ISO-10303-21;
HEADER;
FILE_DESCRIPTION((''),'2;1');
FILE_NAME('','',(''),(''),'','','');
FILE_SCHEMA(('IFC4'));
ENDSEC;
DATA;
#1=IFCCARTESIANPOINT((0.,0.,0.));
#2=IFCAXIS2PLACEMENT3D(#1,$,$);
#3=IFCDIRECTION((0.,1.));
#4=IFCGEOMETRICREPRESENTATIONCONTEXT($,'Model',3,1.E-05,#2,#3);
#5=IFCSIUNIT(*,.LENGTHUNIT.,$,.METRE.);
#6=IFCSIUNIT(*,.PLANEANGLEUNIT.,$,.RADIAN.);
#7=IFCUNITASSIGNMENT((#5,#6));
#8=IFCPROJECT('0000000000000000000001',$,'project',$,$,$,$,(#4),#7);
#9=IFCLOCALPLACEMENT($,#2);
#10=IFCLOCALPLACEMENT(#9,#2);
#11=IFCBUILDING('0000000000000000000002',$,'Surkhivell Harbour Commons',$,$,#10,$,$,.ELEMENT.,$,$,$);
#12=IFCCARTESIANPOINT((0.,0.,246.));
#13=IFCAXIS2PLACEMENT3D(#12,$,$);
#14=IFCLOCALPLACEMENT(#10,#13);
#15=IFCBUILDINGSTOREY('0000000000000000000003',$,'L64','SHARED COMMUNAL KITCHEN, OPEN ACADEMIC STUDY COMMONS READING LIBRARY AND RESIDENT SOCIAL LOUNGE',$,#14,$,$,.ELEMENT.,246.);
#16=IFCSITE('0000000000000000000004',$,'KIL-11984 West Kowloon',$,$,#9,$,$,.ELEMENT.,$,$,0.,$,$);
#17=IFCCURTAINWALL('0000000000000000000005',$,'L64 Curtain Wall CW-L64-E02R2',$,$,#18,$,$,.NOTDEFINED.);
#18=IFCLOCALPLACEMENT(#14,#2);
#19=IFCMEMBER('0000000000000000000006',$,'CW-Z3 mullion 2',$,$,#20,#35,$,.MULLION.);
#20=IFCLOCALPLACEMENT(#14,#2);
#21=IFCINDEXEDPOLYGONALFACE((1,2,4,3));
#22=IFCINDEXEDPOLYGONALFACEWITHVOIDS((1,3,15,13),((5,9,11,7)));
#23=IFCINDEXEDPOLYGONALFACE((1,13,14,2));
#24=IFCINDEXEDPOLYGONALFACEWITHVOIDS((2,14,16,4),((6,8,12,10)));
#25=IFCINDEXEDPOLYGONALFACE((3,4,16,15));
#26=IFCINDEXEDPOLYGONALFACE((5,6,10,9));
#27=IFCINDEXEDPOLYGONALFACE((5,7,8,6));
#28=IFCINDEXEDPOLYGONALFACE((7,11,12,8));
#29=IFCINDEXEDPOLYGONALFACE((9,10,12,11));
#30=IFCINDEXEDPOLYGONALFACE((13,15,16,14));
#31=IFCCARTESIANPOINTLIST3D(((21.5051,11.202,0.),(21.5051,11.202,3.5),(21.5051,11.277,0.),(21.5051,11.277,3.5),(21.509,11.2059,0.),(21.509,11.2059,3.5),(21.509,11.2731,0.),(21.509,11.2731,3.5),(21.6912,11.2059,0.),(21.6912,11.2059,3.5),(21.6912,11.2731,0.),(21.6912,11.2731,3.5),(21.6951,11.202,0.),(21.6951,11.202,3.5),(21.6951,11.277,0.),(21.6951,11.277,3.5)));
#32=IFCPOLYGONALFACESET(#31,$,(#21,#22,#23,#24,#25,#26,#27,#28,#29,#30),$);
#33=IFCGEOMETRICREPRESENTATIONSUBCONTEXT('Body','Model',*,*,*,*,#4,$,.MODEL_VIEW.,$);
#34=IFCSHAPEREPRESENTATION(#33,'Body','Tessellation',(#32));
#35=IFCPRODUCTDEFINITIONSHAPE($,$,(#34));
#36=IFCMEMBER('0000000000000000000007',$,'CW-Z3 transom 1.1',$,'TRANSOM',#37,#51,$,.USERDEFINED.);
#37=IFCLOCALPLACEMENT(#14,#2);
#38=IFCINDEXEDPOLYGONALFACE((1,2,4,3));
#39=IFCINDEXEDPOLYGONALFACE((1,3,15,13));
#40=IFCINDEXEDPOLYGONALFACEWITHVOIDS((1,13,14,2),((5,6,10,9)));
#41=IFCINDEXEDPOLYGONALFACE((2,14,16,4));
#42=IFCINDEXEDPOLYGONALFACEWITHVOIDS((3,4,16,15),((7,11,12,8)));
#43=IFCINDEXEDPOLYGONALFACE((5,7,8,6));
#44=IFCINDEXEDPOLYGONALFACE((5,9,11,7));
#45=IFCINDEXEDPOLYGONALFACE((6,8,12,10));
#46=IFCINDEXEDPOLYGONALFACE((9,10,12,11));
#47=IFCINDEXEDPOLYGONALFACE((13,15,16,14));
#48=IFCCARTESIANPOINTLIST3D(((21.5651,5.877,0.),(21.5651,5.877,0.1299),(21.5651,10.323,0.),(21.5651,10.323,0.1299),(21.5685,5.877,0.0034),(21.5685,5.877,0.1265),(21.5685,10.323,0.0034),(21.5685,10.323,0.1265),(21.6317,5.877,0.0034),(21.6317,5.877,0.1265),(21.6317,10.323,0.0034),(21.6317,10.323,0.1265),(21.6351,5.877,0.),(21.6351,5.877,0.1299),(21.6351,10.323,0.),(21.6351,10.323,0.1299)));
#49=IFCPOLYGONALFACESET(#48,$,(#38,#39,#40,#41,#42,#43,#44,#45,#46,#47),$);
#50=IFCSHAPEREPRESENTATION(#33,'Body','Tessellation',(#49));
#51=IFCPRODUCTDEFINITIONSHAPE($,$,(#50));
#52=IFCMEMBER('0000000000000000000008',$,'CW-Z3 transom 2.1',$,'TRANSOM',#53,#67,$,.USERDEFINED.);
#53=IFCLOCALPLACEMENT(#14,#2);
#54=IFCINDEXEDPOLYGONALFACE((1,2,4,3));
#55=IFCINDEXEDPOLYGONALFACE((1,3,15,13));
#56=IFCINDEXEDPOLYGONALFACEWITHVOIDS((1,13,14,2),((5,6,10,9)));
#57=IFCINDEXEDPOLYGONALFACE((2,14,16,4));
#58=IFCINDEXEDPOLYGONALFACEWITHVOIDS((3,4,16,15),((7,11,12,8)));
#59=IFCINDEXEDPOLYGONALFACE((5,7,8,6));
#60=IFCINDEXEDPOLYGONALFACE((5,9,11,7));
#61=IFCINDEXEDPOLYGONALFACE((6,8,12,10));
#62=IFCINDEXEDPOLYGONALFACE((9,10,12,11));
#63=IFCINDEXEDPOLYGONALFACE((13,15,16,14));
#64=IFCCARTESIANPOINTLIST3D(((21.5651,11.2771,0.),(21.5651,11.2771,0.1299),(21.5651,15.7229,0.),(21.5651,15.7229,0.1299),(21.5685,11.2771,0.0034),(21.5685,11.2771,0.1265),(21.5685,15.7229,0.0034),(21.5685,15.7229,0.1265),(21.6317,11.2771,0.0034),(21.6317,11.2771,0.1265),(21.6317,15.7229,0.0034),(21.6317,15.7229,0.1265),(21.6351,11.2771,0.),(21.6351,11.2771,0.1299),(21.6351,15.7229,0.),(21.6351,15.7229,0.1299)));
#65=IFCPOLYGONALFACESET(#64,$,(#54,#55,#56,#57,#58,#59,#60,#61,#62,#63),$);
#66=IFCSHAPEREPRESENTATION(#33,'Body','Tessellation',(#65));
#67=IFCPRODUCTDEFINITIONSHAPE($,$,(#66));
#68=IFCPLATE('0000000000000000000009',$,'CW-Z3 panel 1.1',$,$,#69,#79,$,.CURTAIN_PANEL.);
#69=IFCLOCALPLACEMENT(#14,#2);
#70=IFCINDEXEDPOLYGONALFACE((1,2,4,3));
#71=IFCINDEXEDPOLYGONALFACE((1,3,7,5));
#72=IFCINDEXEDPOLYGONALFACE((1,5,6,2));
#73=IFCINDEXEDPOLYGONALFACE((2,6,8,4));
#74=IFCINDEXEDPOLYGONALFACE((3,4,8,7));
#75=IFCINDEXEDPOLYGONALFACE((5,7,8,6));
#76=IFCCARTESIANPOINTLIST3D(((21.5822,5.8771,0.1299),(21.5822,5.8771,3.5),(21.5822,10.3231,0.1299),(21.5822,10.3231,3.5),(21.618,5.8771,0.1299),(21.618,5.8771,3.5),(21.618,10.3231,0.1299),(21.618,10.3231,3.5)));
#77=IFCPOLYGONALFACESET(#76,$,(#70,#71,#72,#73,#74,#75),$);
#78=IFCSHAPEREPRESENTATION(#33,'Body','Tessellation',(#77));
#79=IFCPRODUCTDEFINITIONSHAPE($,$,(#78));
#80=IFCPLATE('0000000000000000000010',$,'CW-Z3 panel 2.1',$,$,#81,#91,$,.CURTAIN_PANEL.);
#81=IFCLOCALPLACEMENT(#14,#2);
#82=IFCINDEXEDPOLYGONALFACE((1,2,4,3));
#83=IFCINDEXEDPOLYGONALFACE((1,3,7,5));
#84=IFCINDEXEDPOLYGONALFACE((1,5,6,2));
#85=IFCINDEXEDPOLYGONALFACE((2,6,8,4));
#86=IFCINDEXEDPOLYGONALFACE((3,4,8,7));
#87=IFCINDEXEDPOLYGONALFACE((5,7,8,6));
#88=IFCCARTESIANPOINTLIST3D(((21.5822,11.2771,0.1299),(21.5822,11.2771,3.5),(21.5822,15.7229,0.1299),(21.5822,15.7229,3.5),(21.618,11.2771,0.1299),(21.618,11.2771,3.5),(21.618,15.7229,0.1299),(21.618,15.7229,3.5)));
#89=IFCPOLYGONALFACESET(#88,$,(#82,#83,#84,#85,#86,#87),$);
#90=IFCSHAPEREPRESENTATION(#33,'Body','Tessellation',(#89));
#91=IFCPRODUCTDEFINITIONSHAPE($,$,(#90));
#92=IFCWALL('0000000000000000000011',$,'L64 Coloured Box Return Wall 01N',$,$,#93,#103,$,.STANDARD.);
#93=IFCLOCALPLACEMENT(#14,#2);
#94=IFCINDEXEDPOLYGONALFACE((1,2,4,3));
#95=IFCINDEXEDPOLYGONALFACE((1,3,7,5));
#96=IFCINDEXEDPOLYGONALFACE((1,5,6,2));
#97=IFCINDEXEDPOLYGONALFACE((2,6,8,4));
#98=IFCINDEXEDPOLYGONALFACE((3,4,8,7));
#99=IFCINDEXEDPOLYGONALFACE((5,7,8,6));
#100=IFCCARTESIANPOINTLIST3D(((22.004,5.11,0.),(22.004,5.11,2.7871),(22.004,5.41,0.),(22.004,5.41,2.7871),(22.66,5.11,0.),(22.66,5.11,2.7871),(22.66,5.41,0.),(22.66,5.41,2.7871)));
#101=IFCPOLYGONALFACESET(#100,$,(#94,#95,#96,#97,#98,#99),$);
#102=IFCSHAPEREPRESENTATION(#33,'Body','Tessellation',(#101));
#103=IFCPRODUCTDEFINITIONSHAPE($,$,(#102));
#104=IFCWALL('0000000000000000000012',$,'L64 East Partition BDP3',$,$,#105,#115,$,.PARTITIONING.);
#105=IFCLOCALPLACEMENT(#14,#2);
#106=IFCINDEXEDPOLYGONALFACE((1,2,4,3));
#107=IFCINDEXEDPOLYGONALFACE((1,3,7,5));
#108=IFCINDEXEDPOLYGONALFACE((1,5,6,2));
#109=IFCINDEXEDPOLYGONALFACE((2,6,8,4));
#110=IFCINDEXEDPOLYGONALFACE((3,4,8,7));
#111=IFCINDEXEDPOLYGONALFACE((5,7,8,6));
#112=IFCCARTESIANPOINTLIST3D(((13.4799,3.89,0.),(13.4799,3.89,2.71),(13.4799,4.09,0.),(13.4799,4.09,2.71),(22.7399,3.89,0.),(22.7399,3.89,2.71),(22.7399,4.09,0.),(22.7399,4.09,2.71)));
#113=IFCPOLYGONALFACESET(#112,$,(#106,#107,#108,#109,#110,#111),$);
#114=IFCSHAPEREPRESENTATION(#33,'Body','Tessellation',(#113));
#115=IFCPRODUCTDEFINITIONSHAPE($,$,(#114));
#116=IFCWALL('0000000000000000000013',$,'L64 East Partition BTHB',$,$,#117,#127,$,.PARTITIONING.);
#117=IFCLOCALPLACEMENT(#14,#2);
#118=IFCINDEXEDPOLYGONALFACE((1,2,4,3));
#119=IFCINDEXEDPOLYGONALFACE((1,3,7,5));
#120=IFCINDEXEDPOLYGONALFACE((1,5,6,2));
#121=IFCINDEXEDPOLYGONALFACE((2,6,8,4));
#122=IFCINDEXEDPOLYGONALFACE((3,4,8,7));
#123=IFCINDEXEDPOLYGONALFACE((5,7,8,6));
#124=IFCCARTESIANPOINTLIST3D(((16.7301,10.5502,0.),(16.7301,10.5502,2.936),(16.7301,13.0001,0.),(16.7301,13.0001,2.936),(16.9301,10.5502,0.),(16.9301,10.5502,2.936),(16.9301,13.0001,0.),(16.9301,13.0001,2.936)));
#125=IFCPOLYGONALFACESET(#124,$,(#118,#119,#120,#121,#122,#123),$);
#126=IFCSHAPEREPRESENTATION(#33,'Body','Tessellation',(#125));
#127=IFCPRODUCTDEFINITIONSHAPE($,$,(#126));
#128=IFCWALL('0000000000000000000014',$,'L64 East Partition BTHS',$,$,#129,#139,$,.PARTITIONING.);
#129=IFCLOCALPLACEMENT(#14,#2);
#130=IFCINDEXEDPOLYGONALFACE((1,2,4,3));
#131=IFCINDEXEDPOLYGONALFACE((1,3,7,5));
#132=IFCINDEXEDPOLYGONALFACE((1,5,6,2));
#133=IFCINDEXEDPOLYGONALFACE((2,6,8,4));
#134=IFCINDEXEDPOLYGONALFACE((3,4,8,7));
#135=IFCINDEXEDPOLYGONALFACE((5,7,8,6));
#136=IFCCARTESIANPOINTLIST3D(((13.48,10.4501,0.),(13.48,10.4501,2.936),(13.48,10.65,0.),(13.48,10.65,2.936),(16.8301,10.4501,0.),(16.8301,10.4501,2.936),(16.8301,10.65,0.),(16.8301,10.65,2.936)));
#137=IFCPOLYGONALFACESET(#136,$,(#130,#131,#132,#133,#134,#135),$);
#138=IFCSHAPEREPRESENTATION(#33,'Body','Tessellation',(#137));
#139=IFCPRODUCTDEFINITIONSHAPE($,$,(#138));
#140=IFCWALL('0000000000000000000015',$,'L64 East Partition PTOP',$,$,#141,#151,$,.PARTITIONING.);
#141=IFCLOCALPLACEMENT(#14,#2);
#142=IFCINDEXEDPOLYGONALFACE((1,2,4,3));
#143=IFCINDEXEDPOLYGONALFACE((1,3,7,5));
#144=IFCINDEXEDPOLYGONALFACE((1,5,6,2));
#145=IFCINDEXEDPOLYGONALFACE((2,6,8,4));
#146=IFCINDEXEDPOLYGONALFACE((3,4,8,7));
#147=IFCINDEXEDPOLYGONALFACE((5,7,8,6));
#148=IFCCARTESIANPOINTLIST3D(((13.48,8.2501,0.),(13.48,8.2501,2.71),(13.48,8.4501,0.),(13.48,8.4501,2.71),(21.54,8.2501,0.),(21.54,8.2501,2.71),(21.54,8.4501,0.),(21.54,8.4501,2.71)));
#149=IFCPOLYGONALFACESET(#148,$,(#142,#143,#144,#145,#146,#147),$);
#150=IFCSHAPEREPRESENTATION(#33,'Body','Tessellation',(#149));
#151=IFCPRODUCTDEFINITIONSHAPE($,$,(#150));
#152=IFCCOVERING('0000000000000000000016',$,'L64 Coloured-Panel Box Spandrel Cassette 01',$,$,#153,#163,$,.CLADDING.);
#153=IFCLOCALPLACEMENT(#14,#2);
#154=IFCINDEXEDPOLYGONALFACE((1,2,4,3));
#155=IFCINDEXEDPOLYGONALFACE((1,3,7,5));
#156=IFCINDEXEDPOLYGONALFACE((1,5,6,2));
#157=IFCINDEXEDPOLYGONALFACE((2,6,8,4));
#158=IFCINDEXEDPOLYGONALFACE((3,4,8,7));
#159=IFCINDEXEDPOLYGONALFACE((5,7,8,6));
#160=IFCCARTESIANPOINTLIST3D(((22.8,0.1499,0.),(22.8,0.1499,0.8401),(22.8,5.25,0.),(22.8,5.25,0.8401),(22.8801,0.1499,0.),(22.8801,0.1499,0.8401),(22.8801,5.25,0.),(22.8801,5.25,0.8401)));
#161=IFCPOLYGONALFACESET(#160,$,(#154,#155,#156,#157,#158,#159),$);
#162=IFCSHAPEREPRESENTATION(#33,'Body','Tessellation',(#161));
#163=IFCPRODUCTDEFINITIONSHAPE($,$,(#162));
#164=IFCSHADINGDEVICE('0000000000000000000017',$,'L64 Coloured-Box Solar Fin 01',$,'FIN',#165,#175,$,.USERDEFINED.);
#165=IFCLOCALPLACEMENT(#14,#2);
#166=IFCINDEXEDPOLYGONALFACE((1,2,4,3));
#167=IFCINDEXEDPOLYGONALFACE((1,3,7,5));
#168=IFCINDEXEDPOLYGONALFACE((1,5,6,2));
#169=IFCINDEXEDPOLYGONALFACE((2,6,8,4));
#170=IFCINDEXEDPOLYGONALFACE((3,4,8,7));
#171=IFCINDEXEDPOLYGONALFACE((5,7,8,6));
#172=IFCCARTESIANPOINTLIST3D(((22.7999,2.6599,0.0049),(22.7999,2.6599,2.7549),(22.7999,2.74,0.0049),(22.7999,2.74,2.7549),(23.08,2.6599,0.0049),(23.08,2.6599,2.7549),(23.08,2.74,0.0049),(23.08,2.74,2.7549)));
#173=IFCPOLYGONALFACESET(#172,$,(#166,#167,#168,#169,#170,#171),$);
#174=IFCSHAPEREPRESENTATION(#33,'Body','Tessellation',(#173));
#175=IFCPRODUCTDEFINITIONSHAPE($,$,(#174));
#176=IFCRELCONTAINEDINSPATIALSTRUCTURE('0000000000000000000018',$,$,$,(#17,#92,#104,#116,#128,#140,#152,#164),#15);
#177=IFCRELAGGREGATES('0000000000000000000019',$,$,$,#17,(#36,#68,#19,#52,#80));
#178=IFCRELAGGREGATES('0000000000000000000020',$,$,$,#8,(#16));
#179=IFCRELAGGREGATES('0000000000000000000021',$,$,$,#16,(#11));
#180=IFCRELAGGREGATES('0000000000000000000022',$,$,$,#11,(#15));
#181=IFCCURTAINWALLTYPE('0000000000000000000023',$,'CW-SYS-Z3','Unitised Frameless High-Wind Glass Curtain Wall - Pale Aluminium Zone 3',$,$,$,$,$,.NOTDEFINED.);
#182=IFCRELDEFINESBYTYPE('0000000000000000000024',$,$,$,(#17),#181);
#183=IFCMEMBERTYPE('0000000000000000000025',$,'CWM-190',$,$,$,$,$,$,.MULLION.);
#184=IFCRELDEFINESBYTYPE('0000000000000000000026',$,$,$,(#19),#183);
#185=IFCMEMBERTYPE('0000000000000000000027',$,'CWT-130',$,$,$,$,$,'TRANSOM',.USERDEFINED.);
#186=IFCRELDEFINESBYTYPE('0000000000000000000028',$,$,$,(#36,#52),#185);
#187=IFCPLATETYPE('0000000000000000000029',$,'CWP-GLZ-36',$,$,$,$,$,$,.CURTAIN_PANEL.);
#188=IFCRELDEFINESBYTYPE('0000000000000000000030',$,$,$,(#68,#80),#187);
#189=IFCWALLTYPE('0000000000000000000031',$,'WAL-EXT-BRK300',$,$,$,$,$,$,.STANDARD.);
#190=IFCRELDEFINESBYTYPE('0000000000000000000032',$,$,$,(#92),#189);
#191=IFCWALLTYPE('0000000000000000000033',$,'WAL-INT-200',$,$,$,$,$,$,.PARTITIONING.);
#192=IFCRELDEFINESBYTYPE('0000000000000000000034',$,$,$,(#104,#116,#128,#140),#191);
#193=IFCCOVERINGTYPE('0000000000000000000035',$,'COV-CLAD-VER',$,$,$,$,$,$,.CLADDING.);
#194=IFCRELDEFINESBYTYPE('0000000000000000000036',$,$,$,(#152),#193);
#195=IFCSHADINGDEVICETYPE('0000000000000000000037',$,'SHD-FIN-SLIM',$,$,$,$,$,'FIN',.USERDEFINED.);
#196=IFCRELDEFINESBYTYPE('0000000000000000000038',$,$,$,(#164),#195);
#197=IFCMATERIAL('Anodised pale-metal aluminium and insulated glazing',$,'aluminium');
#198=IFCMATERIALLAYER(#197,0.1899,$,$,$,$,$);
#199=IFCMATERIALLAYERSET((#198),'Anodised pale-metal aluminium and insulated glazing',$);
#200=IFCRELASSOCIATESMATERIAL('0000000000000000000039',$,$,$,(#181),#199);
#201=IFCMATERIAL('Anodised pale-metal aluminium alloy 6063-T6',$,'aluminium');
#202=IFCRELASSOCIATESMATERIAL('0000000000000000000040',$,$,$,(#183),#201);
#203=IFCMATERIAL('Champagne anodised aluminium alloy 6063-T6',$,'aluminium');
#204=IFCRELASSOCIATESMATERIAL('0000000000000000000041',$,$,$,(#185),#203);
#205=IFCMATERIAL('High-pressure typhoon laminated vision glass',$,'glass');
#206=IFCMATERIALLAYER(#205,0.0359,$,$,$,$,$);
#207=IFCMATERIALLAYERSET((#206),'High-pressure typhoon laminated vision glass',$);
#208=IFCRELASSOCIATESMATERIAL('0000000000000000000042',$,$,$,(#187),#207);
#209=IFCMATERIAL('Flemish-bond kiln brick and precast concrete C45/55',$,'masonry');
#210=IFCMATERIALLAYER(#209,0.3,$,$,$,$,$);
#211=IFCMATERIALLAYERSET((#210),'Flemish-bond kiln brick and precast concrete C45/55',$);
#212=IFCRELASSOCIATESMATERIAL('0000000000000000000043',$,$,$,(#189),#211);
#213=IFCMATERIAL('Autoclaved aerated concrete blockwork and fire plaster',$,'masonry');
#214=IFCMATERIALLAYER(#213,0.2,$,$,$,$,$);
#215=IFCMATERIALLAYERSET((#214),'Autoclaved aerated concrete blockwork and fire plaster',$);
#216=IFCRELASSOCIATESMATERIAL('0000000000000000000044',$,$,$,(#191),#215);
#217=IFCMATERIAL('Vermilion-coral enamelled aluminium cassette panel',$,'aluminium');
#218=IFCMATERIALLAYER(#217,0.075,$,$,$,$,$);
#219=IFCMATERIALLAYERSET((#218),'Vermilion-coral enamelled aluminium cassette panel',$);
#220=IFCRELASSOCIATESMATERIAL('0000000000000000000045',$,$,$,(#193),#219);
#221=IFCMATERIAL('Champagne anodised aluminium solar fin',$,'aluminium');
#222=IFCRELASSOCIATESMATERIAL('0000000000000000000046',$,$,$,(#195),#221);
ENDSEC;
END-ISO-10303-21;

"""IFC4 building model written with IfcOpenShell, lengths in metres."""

from ifc_helpers import new_model, si_unit, direction, frame, frame_2d, origin, origin_2d, place, context, subcontext, project, spatial, rectangle, hollow_rectangle, extrude, material, layer, layer_set, material_profile, profile_set, type_object, element, aggregate, save


model = new_model("IFC4")

# Units and contexts
model_context = context("Model", 3, precision=1e-05, world=origin(), true_north=direction((0.0, 1.0)))
body_context = subcontext(model_context, "Body", "Model", "MODEL_VIEW")
ifc_project = project(units=[si_unit("LENGTHUNIT", "METRE"), si_unit("PLANEANGLEUNIT", "RADIAN")], contexts=[model_context])

# Site, building, storey
site_placement = place(None, origin())
site = spatial("IfcSite", under=ifc_project, at=site_placement, Name="KIL-11984 West Kowloon", CompositionType="ELEMENT", RefElevation=0.0)
building_placement = place(site_placement, origin())
building = spatial("IfcBuilding", under=site, at=building_placement, Name="Surkhivell Harbour Commons", CompositionType="ELEMENT")
storey_placement = place(building_placement, frame((0.0, 0.0, 246.0)))
storey = spatial("IfcBuildingStorey", under=building, at=storey_placement, Name="L64", Description="SHARED COMMUNAL KITCHEN, OPEN ACADEMIC STUDY COMMONS READING LIBRARY AND RESIDENT SOCIAL LOUNGE", CompositionType="ELEMENT", Elevation=246.0)

# Curtain wall, members, plates
ifc_material_1 = material(Name="Anodised pale-metal aluminium and insulated glazing", Category="aluminium")
ifc_layer_1 = layer(ifc_material_1, 0.1899)
ifc_layer_set_1 = layer_set([ifc_layer_1], Name="Anodised pale-metal aluminium and insulated glazing")
curtain_wall_type = type_object("IfcCurtainWallType", Name="CW-SYS-Z3", Description="Unitised Frameless High-Wind Glass Curtain Wall - Pale Aluminium Zone 3", PredefinedType="NOTDEFINED", material=ifc_layer_set_1)
curtain_wall_placement = place(storey_placement, origin())
curtain_wall = element("IfcCurtainWall", 1, at=curtain_wall_placement, inside=storey, type_object=curtain_wall_type, Name="L64 Curtain Wall CW-L64-E02R2", PredefinedType="NOTDEFINED")
ifc_material_2 = material(Name="Anodised pale-metal aluminium alloy 6063-T6", Category="aluminium")
ifc_material_profile_1 = material_profile(ifc_material_2, hollow_rectangle(XDim=0.075, YDim=0.1899, WallThickness=0.0039, at=origin_2d()), Name="ALU-MULL-75x190")
ifc_profile_set_1 = profile_set([ifc_material_profile_1], Name="Anodised pale-metal aluminium alloy 6063-T6")
member_type_1 = type_object("IfcMemberType", Name="CWM-190", PredefinedType="MULLION", material=ifc_profile_set_1)
member_1_placement = place(storey_placement, frame((21.6001, 11.2395, 0.0), z_axis=(0.0, 0.0, 1.0), x_axis=(0.0, 1.0, 0.0)))
member_1 = element("IfcMember", 2, at=member_1_placement, type_object=member_type_1, Name="CW-Z3 mullion 2", PredefinedType="MULLION", context=body_context, shape_type="SweptSolid", body=[
    extrude(hollow_rectangle(XDim=0.075, YDim=0.1899, WallThickness=0.0039, at=origin_2d()), origin(), (0.0, 0.0, 1.0), 3.5),
])
ifc_material_3 = material(Name="Champagne anodised aluminium alloy 6063-T6", Category="aluminium")
ifc_material_profile_2 = material_profile(ifc_material_3, hollow_rectangle(XDim=0.0701, YDim=0.1299, WallThickness=0.0034, at=origin_2d()), Name="ALU-TRAN-70x130")
ifc_profile_set_2 = profile_set([ifc_material_profile_2], Name="Champagne anodised aluminium alloy 6063-T6")
member_type_2 = type_object("IfcMemberType", Name="CWT-130", ElementType="TRANSOM", PredefinedType="USERDEFINED", material=ifc_profile_set_2)
member_2_placement = place(storey_placement, frame((21.6001, 5.877, 0.0649), z_axis=(0.0, 1.0, 0.0), x_axis=(-1.0, 0.0, 0.0)))
member_2 = element("IfcMember", 3, at=member_2_placement, type_object=member_type_2, Name="CW-Z3 transom 1.1", ObjectType="TRANSOM", PredefinedType="USERDEFINED", context=body_context, shape_type="SweptSolid", body=[
    extrude(hollow_rectangle(XDim=0.0701, YDim=0.1299, WallThickness=0.0034, at=origin_2d()), origin(), (0.0, 0.0, 1.0), 4.446),
])
member_3_placement = place(storey_placement, frame((21.6001, 11.2771, 0.0649), z_axis=(0.0, 1.0, 0.0), x_axis=(-1.0, 0.0, 0.0)))
member_3 = element("IfcMember", 4, at=member_3_placement, type_object=member_type_2, Name="CW-Z3 transom 2.1", ObjectType="TRANSOM", PredefinedType="USERDEFINED", context=body_context, shape_type="SweptSolid", body=[
    extrude(hollow_rectangle(XDim=0.0701, YDim=0.1299, WallThickness=0.0034, at=origin_2d()), origin(), (0.0, 0.0, 1.0), 4.4458),
])
ifc_material_4 = material(Name="High-pressure typhoon laminated vision glass", Category="glass")
ifc_layer_2 = layer(ifc_material_4, 0.0359)
ifc_layer_set_2 = layer_set([ifc_layer_2], Name="High-pressure typhoon laminated vision glass")
plate_type = type_object("IfcPlateType", Name="CWP-GLZ-36", PredefinedType="CURTAIN_PANEL", material=ifc_layer_set_2)
plate_1_placement = place(storey_placement, frame((21.6001, 5.877, 0.1299), z_axis=(0.0, 0.0, 1.0), x_axis=(0.0, 1.0, 0.0)))
plate_1 = element("IfcPlate", 5, at=plate_1_placement, type_object=plate_type, Name="CW-Z3 panel 1.1", PredefinedType="CURTAIN_PANEL", context=body_context, shape_type="SweptSolid", body=[
    extrude(rectangle(XDim=4.446, YDim=0.0359, at=frame_2d((2.2231, 0.0))), origin(), (0.0, 0.0, 1.0), 3.3701),
])
plate_2_placement = place(storey_placement, frame((21.6001, 11.2771, 0.1299), z_axis=(0.0, 0.0, 1.0), x_axis=(0.0, 1.0, 0.0)))
plate_2 = element("IfcPlate", 6, at=plate_2_placement, type_object=plate_type, Name="CW-Z3 panel 2.1", PredefinedType="CURTAIN_PANEL", context=body_context, shape_type="SweptSolid", body=[
    extrude(rectangle(XDim=4.4458, YDim=0.0359, at=frame_2d((2.2229, 0.0))), origin(), (0.0, 0.0, 1.0), 3.3701),
])
aggregate(curtain_wall, [member_2, plate_1, member_1, member_3, plate_2])

# Walls
ifc_material_5 = material(Name="Flemish-bond kiln brick and precast concrete C45/55", Category="masonry")
ifc_layer_3 = layer(ifc_material_5, 0.3)
ifc_layer_set_3 = layer_set([ifc_layer_3], Name="Flemish-bond kiln brick and precast concrete C45/55")
wall_type_1 = type_object("IfcWallType", Name="WAL-EXT-BRK300", PredefinedType="STANDARD", material=ifc_layer_set_3)
wall_1_placement = place(storey_placement, frame((22.0039, 5.26, 0.0), z_axis=(0.0, 0.0, 1.0), x_axis=(1.0, 0.0, 0.0)))
element("IfcWall", 7, at=wall_1_placement, inside=storey, type_object=wall_type_1, Name="L64 Coloured Box Return Wall 01N", PredefinedType="STANDARD", context=body_context, shape_type="SweptSolid", body=[
    extrude(rectangle(XDim=0.656, YDim=0.3, at=frame_2d((0.3281, 0.0))), origin(), (0.0, 0.0, 1.0), 2.7871),
])
ifc_material_6 = material(Name="Autoclaved aerated concrete blockwork and fire plaster", Category="masonry")
ifc_layer_4 = layer(ifc_material_6, 0.2)
ifc_layer_set_4 = layer_set([ifc_layer_4], Name="Autoclaved aerated concrete blockwork and fire plaster")
wall_type_2 = type_object("IfcWallType", Name="WAL-INT-200", PredefinedType="PARTITIONING", material=ifc_layer_set_4)
wall_2_placement = place(storey_placement, frame((13.48, 3.99, 0.0), z_axis=(0.0, 0.0, 1.0), x_axis=(1.0, 0.0, 0.0)))
element("IfcWall", 8, at=wall_2_placement, inside=storey, type_object=wall_type_2, Name="L64 East Partition BDP3", PredefinedType="PARTITIONING", context=body_context, shape_type="SweptSolid", body=[
    extrude(rectangle(XDim=9.26, YDim=0.2, at=frame_2d((4.6299, 0.0))), origin(), (0.0, 0.0, 1.0), 2.71),
])
wall_3_placement = place(storey_placement, frame((16.8301, 10.55, 0.0), z_axis=(0.0, 0.0, 1.0), x_axis=(0.0, 1.0, 0.0)))
element("IfcWall", 9, at=wall_3_placement, inside=storey, type_object=wall_type_2, Name="L64 East Partition BTHB", PredefinedType="PARTITIONING", context=body_context, shape_type="SweptSolid", body=[
    extrude(rectangle(XDim=2.45, YDim=0.2, at=frame_2d((1.2251, 0.0))), origin(), (0.0, 0.0, 1.0), 2.936),
])
wall_4_placement = place(storey_placement, frame((13.48, 10.55, 0.0), z_axis=(0.0, 0.0, 1.0), x_axis=(1.0, 0.0, 0.0)))
element("IfcWall", 10, at=wall_4_placement, inside=storey, type_object=wall_type_2, Name="L64 East Partition BTHS", PredefinedType="PARTITIONING", context=body_context, shape_type="SweptSolid", body=[
    extrude(rectangle(XDim=3.3501, YDim=0.2, at=frame_2d((1.675, 0.0))), origin(), (0.0, 0.0, 1.0), 2.936),
])
wall_5_placement = place(storey_placement, frame((13.48, 8.3501, 0.0), z_axis=(0.0, 0.0, 1.0), x_axis=(1.0, 0.0, 0.0)))
element("IfcWall", 11, at=wall_5_placement, inside=storey, type_object=wall_type_2, Name="L64 East Partition PTOP", PredefinedType="PARTITIONING", context=body_context, shape_type="SweptSolid", body=[
    extrude(rectangle(XDim=8.0601, YDim=0.2, at=frame_2d((4.03, 0.0))), origin(), (0.0, 0.0, 1.0), 2.71),
])

# Covering
ifc_material_7 = material(Name="Vermilion-coral enamelled aluminium cassette panel", Category="aluminium")
ifc_layer_5 = layer(ifc_material_7, 0.075)
ifc_layer_set_5 = layer_set([ifc_layer_5], Name="Vermilion-coral enamelled aluminium cassette panel")
covering_type = type_object("IfcCoveringType", Name="COV-CLAD-VER", PredefinedType="CLADDING", material=ifc_layer_set_5)
covering_placement = place(storey_placement, frame((22.8401, 2.7, 0.0), z_axis=(0.0, 0.0, 1.0), x_axis=(1.0, 0.0, 0.0)))
element("IfcCovering", 12, at=covering_placement, inside=storey, type_object=covering_type, Name="L64 Coloured-Panel Box Spandrel Cassette 01", PredefinedType="CLADDING", context=body_context, shape_type="SweptSolid", body=[
    extrude(rectangle(XDim=0.0801, YDim=5.1001, at=origin_2d()), origin(), (0.0, 0.0, 1.0), 0.8401),
])

# Shading device
ifc_material_8 = material(Name="Champagne anodised aluminium solar fin", Category="aluminium")
shading_device_type = type_object("IfcShadingDeviceType", Name="SHD-FIN-SLIM", ElementType="FIN", PredefinedType="USERDEFINED", material=ifc_material_8)
shading_device_placement = place(storey_placement, frame((22.9399, 2.7, 0.0049), z_axis=(0.0, 0.0, 1.0), x_axis=(1.0, 0.0, 0.0)))
element("IfcShadingDevice", 13, at=shading_device_placement, inside=storey, type_object=shading_device_type, Name="L64 Coloured-Box Solar Fin 01", ObjectType="FIN", PredefinedType="USERDEFINED", context=body_context, shape_type="SweptSolid", body=[
    extrude(rectangle(XDim=0.28, YDim=0.0801, at=origin_2d()), origin(), (0.0, 0.0, 1.0), 2.75),
])

save(model, "model.ifc")
